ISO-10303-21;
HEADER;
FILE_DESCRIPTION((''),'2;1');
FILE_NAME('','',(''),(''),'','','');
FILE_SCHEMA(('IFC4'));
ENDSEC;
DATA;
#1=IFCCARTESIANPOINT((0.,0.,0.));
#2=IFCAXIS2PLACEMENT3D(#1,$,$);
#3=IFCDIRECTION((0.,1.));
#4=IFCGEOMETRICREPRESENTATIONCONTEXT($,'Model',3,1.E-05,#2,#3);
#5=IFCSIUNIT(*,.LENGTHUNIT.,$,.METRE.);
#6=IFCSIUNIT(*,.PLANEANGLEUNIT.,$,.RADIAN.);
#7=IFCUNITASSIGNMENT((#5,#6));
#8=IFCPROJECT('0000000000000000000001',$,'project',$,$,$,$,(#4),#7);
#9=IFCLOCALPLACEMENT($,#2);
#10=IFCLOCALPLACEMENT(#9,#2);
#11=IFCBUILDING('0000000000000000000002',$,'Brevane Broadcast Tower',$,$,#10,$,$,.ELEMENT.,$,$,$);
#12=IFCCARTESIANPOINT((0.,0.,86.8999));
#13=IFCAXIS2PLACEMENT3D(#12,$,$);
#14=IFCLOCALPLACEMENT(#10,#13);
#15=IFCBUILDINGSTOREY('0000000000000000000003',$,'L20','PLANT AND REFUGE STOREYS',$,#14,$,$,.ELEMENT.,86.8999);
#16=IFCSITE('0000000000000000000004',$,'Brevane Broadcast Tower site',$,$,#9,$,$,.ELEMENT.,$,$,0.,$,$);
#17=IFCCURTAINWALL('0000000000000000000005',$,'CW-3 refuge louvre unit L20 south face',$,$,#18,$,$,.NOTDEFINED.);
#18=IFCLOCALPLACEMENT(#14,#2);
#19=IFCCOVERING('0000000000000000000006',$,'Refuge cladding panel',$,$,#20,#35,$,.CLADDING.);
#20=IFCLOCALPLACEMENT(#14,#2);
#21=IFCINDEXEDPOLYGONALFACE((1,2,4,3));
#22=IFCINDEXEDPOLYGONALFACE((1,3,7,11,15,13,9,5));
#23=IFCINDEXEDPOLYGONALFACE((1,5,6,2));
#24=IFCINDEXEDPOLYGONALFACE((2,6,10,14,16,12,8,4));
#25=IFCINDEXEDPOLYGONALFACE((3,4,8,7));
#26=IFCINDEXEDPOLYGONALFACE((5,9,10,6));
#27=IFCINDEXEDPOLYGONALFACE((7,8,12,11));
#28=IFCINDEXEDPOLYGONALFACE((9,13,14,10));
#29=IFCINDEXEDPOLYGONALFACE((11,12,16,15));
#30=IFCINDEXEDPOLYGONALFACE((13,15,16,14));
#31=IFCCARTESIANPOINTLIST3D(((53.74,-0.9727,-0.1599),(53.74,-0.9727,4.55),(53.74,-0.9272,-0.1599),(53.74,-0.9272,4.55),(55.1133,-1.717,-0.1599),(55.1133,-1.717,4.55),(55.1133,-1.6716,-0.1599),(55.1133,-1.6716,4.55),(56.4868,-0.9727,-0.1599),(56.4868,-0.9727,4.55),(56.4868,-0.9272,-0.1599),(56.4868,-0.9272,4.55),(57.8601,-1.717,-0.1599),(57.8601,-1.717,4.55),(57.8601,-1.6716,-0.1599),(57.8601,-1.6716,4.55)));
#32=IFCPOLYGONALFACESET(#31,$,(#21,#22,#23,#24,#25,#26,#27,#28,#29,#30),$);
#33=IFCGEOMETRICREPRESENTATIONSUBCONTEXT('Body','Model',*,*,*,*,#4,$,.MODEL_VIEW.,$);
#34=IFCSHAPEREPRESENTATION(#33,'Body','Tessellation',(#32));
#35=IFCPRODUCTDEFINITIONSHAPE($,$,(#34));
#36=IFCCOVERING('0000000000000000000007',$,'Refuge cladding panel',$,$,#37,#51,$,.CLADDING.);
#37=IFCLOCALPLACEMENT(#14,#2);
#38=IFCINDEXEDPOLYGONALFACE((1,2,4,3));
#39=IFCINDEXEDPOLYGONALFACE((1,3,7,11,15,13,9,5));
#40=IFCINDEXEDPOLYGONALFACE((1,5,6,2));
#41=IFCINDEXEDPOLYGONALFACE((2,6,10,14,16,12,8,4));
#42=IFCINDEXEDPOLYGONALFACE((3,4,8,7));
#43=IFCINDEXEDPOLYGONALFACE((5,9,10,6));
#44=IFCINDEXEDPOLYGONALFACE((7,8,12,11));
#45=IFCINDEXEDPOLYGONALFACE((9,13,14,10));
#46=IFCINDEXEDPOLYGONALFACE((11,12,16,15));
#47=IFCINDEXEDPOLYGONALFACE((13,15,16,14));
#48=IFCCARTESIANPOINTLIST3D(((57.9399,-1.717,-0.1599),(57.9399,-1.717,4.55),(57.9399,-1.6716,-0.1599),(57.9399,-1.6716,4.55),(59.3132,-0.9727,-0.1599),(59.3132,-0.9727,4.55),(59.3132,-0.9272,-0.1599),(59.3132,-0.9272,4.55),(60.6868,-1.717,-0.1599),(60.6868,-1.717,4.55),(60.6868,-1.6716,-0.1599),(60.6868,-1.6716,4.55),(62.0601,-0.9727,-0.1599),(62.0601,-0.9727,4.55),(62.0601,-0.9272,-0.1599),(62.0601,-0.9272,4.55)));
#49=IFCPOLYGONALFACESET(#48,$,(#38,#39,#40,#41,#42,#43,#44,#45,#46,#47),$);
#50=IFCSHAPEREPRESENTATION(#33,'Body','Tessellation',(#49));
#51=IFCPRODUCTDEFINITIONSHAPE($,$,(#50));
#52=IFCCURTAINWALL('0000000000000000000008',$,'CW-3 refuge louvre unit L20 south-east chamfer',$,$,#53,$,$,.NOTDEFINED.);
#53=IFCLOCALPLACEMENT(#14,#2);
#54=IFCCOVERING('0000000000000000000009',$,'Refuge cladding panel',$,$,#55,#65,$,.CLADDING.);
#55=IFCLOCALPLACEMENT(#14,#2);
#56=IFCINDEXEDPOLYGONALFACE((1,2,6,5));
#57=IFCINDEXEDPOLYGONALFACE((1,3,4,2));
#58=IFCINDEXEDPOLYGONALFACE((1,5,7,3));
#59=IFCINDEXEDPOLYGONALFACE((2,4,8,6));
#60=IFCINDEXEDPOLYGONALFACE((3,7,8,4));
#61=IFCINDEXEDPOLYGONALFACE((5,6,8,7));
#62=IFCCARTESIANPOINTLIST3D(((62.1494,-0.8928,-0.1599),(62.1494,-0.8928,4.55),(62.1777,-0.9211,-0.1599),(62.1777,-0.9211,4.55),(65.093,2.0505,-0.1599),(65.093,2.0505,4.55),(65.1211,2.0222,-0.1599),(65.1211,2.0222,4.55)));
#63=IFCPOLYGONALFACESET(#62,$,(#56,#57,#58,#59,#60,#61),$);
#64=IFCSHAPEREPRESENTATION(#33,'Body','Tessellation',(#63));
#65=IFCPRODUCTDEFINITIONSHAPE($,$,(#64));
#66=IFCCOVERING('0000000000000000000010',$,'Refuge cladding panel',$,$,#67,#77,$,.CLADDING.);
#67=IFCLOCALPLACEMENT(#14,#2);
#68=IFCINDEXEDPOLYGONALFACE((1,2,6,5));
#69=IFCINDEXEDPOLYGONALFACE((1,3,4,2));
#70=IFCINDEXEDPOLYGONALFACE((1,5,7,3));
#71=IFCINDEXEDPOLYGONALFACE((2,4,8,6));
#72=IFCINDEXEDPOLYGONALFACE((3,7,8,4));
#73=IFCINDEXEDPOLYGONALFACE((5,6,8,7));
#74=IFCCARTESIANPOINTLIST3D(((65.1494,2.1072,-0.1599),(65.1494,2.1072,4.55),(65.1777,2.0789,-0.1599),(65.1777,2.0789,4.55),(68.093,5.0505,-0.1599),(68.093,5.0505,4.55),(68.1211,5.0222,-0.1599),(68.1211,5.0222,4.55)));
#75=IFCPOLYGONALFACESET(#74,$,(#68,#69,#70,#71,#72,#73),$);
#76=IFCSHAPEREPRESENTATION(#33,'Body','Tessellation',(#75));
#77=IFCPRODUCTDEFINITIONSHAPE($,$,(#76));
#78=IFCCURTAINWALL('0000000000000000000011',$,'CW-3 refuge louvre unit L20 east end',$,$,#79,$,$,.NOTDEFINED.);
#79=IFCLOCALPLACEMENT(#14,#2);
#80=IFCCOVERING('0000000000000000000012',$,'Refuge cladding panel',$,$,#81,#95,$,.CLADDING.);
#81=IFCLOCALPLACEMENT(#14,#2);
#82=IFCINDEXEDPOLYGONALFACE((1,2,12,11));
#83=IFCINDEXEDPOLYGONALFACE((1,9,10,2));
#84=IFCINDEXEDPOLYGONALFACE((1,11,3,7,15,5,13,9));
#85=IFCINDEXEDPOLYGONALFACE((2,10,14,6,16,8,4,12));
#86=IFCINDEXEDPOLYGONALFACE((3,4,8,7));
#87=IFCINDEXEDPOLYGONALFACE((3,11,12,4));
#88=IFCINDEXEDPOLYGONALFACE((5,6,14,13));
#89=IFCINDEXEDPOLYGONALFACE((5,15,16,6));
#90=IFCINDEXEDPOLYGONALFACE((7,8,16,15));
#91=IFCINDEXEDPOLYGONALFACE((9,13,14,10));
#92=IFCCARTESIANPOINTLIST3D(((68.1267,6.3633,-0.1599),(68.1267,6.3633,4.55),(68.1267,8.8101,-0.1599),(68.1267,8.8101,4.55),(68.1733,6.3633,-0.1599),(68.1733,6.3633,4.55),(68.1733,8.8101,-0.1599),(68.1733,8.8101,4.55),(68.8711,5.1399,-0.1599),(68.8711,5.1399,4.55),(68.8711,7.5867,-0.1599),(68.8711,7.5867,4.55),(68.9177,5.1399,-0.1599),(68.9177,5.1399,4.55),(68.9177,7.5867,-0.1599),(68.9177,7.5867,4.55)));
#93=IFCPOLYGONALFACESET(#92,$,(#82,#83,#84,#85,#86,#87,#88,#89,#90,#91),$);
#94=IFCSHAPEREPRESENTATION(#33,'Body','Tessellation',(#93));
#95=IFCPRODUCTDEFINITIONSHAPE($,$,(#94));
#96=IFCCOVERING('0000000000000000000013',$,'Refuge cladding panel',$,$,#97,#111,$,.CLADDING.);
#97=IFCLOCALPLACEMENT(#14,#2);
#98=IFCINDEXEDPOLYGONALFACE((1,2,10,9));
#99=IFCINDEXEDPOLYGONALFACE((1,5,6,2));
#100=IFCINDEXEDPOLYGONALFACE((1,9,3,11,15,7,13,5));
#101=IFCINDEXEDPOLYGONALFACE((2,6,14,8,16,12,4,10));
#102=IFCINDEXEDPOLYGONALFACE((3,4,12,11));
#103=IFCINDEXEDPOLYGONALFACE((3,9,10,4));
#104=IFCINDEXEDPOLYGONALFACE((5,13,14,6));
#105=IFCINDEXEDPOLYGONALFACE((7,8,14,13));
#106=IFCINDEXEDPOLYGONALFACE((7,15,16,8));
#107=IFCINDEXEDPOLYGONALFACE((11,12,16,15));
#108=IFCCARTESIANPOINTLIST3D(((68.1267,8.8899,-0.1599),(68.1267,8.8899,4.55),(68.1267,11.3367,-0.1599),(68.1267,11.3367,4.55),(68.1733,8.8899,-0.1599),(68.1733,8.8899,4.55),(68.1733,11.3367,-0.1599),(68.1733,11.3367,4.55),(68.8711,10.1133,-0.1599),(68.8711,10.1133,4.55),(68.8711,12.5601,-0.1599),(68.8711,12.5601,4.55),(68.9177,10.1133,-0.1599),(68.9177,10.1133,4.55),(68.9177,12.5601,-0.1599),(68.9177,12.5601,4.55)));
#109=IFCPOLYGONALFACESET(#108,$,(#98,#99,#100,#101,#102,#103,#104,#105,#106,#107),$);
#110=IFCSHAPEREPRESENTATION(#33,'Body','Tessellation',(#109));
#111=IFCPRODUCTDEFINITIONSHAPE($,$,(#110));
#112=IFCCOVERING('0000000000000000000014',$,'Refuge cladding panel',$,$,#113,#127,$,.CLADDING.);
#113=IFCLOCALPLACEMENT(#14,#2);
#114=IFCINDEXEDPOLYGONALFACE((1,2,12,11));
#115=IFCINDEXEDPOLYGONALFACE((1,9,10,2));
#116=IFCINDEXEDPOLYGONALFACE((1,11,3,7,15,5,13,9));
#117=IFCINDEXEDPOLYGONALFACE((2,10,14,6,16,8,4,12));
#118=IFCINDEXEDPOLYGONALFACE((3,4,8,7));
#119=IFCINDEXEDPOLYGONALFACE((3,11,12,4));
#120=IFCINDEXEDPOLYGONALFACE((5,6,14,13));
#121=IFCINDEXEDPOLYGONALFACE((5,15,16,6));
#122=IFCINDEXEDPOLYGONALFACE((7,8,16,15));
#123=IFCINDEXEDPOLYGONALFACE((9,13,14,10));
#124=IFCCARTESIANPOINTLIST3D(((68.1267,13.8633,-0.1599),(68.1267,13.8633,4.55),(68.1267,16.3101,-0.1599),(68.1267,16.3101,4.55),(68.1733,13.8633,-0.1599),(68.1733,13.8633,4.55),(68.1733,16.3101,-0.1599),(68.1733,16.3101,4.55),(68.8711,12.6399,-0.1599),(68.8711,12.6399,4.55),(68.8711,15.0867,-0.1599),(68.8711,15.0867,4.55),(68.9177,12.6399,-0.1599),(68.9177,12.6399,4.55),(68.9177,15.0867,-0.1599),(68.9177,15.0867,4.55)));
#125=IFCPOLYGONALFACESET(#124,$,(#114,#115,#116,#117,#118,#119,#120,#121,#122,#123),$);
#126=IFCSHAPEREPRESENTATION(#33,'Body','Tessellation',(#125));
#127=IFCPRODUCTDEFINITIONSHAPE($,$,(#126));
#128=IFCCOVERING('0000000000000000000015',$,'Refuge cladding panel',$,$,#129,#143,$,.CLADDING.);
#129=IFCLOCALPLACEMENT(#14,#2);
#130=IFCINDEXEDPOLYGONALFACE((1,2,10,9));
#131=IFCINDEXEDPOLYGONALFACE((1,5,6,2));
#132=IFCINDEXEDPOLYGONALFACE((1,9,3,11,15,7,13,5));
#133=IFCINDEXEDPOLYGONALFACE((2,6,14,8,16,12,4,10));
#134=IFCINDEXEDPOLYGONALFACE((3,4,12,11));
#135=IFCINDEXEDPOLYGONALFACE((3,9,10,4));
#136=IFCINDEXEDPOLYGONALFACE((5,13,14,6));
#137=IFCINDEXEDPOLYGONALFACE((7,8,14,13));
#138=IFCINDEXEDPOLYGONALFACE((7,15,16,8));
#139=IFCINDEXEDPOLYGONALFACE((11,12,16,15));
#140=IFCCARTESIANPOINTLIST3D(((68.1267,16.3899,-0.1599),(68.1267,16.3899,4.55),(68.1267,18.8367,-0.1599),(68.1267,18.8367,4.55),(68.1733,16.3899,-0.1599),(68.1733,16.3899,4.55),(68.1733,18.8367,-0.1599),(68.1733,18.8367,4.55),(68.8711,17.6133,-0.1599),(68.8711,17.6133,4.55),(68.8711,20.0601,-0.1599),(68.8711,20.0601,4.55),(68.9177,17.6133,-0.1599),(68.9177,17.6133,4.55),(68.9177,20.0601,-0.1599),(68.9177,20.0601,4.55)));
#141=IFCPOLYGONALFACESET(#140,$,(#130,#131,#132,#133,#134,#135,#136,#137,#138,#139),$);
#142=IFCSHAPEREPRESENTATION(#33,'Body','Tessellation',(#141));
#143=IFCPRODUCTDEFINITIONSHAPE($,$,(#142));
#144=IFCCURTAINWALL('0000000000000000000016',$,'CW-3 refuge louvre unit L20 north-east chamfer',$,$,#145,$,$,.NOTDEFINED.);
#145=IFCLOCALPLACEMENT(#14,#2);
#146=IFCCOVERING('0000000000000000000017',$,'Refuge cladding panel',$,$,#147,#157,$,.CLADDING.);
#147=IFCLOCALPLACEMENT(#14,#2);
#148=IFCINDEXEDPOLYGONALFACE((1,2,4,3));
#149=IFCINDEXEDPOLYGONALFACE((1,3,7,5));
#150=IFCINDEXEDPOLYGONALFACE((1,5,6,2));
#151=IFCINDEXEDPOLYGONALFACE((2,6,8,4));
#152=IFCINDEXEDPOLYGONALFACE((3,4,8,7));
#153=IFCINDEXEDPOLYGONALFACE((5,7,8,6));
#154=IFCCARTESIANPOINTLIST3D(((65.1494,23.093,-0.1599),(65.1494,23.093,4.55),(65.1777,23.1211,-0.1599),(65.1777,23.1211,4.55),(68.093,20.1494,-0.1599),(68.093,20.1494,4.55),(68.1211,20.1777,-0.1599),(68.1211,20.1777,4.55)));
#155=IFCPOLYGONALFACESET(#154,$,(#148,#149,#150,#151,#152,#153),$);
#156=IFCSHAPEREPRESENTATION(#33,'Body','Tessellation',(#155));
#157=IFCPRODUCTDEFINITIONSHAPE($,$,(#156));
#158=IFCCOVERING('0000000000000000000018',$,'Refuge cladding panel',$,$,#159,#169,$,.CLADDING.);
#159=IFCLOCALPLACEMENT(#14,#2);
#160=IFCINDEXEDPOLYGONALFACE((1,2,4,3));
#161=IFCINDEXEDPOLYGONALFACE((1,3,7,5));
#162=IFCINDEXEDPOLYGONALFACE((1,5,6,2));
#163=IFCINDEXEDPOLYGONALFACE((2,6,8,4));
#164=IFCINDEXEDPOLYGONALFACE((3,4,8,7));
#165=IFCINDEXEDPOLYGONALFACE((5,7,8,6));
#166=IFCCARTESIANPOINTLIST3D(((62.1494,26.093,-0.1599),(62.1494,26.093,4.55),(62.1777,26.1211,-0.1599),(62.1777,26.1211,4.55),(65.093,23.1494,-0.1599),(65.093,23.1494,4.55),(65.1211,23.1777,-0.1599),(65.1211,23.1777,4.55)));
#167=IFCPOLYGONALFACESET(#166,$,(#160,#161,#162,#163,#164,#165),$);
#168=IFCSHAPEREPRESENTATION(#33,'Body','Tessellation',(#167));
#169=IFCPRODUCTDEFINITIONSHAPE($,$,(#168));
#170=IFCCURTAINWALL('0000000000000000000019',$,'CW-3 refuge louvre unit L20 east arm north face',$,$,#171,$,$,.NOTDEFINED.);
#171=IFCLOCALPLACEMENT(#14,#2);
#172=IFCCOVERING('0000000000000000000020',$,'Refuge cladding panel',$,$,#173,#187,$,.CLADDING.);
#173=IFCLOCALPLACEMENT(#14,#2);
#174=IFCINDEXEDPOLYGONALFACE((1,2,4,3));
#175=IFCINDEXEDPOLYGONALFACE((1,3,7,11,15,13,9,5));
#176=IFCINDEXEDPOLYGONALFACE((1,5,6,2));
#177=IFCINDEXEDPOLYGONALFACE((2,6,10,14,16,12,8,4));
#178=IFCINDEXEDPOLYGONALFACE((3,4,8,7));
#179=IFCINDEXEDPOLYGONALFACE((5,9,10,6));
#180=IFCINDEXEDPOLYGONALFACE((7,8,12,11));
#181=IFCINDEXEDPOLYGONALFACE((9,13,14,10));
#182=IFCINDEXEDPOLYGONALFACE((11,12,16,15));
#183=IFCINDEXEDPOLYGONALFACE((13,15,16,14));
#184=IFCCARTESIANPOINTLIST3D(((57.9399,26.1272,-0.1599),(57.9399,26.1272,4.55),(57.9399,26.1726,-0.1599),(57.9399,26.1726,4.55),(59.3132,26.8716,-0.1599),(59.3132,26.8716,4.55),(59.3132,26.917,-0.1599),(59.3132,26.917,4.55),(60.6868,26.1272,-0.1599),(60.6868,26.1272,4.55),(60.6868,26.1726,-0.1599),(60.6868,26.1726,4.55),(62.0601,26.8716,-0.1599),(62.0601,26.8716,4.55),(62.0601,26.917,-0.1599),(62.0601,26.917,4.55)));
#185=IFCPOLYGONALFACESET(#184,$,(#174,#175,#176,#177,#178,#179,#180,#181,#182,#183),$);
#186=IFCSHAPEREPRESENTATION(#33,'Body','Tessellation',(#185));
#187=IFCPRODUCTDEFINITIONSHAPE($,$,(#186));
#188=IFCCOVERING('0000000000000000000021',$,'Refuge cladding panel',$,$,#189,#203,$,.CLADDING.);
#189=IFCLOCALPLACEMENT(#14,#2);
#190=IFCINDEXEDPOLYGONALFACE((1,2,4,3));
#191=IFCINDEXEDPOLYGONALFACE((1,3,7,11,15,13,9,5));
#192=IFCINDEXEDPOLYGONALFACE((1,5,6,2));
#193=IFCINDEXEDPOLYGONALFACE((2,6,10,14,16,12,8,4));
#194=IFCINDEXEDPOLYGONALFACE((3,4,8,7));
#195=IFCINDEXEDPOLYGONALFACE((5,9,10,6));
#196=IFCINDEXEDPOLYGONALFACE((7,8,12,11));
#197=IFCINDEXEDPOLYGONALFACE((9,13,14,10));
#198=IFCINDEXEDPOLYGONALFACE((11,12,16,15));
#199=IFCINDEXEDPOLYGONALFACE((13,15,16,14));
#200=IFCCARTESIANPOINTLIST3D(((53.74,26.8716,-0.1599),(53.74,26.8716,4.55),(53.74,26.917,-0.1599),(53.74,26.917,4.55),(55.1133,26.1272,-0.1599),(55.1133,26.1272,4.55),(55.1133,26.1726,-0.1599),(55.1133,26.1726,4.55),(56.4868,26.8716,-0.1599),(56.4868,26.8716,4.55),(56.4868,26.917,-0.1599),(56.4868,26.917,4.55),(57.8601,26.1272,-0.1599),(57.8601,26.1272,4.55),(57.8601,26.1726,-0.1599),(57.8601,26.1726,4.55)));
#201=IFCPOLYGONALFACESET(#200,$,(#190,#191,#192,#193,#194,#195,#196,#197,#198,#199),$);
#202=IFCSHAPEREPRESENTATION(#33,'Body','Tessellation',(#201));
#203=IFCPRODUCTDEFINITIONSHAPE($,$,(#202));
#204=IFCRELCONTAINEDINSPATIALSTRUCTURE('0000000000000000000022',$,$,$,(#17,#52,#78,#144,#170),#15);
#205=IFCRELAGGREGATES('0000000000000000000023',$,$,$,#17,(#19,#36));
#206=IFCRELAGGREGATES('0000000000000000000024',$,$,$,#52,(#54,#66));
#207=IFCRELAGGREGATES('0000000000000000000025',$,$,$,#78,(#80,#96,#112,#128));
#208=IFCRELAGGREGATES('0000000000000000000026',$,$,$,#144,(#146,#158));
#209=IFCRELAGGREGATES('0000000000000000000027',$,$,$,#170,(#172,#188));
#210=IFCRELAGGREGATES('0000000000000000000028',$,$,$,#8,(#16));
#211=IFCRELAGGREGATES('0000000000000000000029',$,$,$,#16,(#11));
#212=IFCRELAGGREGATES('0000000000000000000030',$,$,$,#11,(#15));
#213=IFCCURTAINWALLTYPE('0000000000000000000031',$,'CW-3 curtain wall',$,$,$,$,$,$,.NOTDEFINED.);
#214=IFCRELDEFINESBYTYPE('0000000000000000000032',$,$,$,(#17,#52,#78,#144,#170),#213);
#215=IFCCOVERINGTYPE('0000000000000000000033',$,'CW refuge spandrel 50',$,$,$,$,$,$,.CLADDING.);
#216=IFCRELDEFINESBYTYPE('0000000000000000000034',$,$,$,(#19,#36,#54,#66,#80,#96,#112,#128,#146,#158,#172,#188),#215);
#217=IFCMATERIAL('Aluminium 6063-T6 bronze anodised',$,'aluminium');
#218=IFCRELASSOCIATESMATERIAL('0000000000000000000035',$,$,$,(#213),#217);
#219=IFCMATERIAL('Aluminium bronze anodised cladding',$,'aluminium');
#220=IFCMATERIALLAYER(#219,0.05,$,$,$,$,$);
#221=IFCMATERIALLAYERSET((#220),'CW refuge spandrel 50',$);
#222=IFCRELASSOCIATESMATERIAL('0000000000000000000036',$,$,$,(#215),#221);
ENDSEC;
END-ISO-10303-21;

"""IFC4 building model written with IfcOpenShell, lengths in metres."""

from ifc_helpers import new_model, si_unit, direction, frame, origin, place, context, subcontext, project, spatial, polyline, outline, extrude, material, layer, layer_set, type_object, element, aggregate, save


model = new_model("IFC4")

# Units and contexts
model_context = context("Model", 3, precision=1e-05, world=origin(), true_north=direction((0.0, 1.0)))
body_context = subcontext(model_context, "Body", "Model", "MODEL_VIEW")
ifc_project = project(units=[si_unit("LENGTHUNIT", "METRE"), si_unit("PLANEANGLEUNIT", "RADIAN")], contexts=[model_context])

# Site, building, storey
site_placement = place(None, origin())
site = spatial("IfcSite", under=ifc_project, at=site_placement, Name="Brevane Broadcast Tower site", CompositionType="ELEMENT", RefElevation=0.0)
building_placement = place(site_placement, origin())
building = spatial("IfcBuilding", under=site, at=building_placement, Name="Brevane Broadcast Tower", CompositionType="ELEMENT")
storey_placement = place(building_placement, frame((0.0, 0.0, 86.8999)))
storey = spatial("IfcBuildingStorey", under=building, at=storey_placement, Name="L20", Description="PLANT AND REFUGE STOREYS", CompositionType="ELEMENT", Elevation=86.8999)

# Curtain walls, coverings
ifc_material_1 = material(Name="Aluminium 6063-T6 bronze anodised", Category="aluminium")
curtain_wall_type = type_object("IfcCurtainWallType", Name="CW-3 curtain wall", PredefinedType="NOTDEFINED", material=ifc_material_1)
curtain_wall_1_placement = place(storey_placement, origin())
curtain_wall_1 = element("IfcCurtainWall", 1, at=curtain_wall_1_placement, inside=storey, type_object=curtain_wall_type, Name="CW-3 refuge louvre unit L20 south face", PredefinedType="NOTDEFINED")
ifc_material_2 = material(Name="Aluminium bronze anodised cladding", Category="aluminium")
ifc_layer = layer(ifc_material_2, 0.05)
ifc_layer_set = layer_set([ifc_layer], Name="CW refuge spandrel 50")
covering_type = type_object("IfcCoveringType", Name="CW refuge spandrel 50", PredefinedType="CLADDING", material=ifc_layer_set)
covering_1_placement = place(storey_placement, frame((0.0, 0.0, -0.1599)))
covering_1 = element("IfcCovering", 2, at=covering_1_placement, type_object=covering_type, Name="Refuge cladding panel", PredefinedType="CLADDING", context=body_context, shape_type="SweptSolid", body=[
    extrude(outline(polyline([(53.74, -0.9272), (53.74, -0.9727), (55.1133, -1.717), (56.4868, -0.9727), (57.8601, -1.717), (57.8601, -1.6716), (56.4868, -0.9272), (55.1133, -1.6716), (53.74, -0.9272)])), origin(), (0.0, 0.0, 1.0), 4.71),
])
covering_2_placement = place(storey_placement, frame((0.0, 0.0, -0.1599)))
covering_2 = element("IfcCovering", 3, at=covering_2_placement, type_object=covering_type, Name="Refuge cladding panel", PredefinedType="CLADDING", context=body_context, shape_type="SweptSolid", body=[
    extrude(outline(polyline([(57.9399, -1.6716), (57.9399, -1.717), (59.3132, -0.9727), (60.6868, -1.717), (62.0601, -0.9727), (62.0601, -0.9272), (60.6868, -1.6716), (59.3132, -0.9272), (57.9399, -1.6716)])), origin(), (0.0, 0.0, 1.0), 4.71),
])
aggregate(curtain_wall_1, [covering_1, covering_2])
curtain_wall_2_placement = place(storey_placement, origin())
curtain_wall_2 = element("IfcCurtainWall", 4, at=curtain_wall_2_placement, inside=storey, type_object=curtain_wall_type, Name="CW-3 refuge louvre unit L20 south-east chamfer", PredefinedType="NOTDEFINED")
covering_3_placement = place(storey_placement, frame((0.0, 0.0, -0.1599)))
covering_3 = element("IfcCovering", 5, at=covering_3_placement, type_object=covering_type, Name="Refuge cladding panel", PredefinedType="CLADDING", context=body_context, shape_type="SweptSolid", body=[
    extrude(outline(polyline([(62.1494, -0.8928), (65.093, 2.0505), (65.1211, 2.0222), (62.1777, -0.9211), (62.1494, -0.8928)])), origin(), (0.0, 0.0, 1.0), 4.71),
])
covering_4_placement = place(storey_placement, frame((0.0, 0.0, -0.1599)))
covering_4 = element("IfcCovering", 6, at=covering_4_placement, type_object=covering_type, Name="Refuge cladding panel", PredefinedType="CLADDING", context=body_context, shape_type="SweptSolid", body=[
    extrude(outline(polyline([(65.1494, 2.1072), (68.093, 5.0505), (68.1211, 5.0222), (65.1777, 2.0789), (65.1494, 2.1072)])), origin(), (0.0, 0.0, 1.0), 4.71),
])
aggregate(curtain_wall_2, [covering_3, covering_4])
curtain_wall_3_placement = place(storey_placement, origin())
curtain_wall_3 = element("IfcCurtainWall", 7, at=curtain_wall_3_placement, inside=storey, type_object=curtain_wall_type, Name="CW-3 refuge louvre unit L20 east end", PredefinedType="NOTDEFINED")
covering_5_placement = place(storey_placement, frame((0.0, 0.0, -0.1599)))
covering_5 = element("IfcCovering", 8, at=covering_5_placement, type_object=covering_type, Name="Refuge cladding panel", PredefinedType="CLADDING", context=body_context, shape_type="SweptSolid", body=[
    extrude(outline(polyline([(68.8711, 5.1399), (68.9177, 5.1399), (68.1733, 6.3633), (68.9177, 7.5867), (68.1733, 8.8101), (68.1267, 8.8101), (68.8711, 7.5867), (68.1267, 6.3633), (68.8711, 5.1399)])), origin(), (0.0, 0.0, 1.0), 4.71),
])
covering_6_placement = place(storey_placement, frame((0.0, 0.0, -0.1599)))
covering_6 = element("IfcCovering", 9, at=covering_6_placement, type_object=covering_type, Name="Refuge cladding panel", PredefinedType="CLADDING", context=body_context, shape_type="SweptSolid", body=[
    extrude(outline(polyline([(68.1267, 8.8899), (68.1733, 8.8899), (68.9177, 10.1133), (68.1733, 11.3367), (68.9177, 12.5601), (68.8711, 12.5601), (68.1267, 11.3367), (68.8711, 10.1133), (68.1267, 8.8899)])), origin(), (0.0, 0.0, 1.0), 4.71),
])
covering_7_placement = place(storey_placement, frame((0.0, 0.0, -0.1599)))
covering_7 = element("IfcCovering", 10, at=covering_7_placement, type_object=covering_type, Name="Refuge cladding panel", PredefinedType="CLADDING", context=body_context, shape_type="SweptSolid", body=[
    extrude(outline(polyline([(68.8711, 12.6399), (68.9177, 12.6399), (68.1733, 13.8633), (68.9177, 15.0867), (68.1733, 16.3101), (68.1267, 16.3101), (68.8711, 15.0867), (68.1267, 13.8633), (68.8711, 12.6399)])), origin(), (0.0, 0.0, 1.0), 4.71),
])
covering_8_placement = place(storey_placement, frame((0.0, 0.0, -0.1599)))
covering_8 = element("IfcCovering", 11, at=covering_8_placement, type_object=covering_type, Name="Refuge cladding panel", PredefinedType="CLADDING", context=body_context, shape_type="SweptSolid", body=[
    extrude(outline(polyline([(68.1267, 16.3899), (68.1733, 16.3899), (68.9177, 17.6133), (68.1733, 18.8367), (68.9177, 20.0601), (68.8711, 20.0601), (68.1267, 18.8367), (68.8711, 17.6133), (68.1267, 16.3899)])), origin(), (0.0, 0.0, 1.0), 4.71),
])
aggregate(curtain_wall_3, [covering_5, covering_6, covering_7, covering_8])
curtain_wall_4_placement = place(storey_placement, origin())
curtain_wall_4 = element("IfcCurtainWall", 12, at=curtain_wall_4_placement, inside=storey, type_object=curtain_wall_type, Name="CW-3 refuge louvre unit L20 north-east chamfer", PredefinedType="NOTDEFINED")
covering_9_placement = place(storey_placement, frame((0.0, 0.0, -0.1599)))
covering_9 = element("IfcCovering", 13, at=covering_9_placement, type_object=covering_type, Name="Refuge cladding panel", PredefinedType="CLADDING", context=body_context, shape_type="SweptSolid", body=[
    extrude(outline(polyline([(68.093, 20.1494), (65.1494, 23.093), (65.1777, 23.1211), (68.1211, 20.1777), (68.093, 20.1494)])), origin(), (0.0, 0.0, 1.0), 4.71),
])
covering_10_placement = place(storey_placement, frame((0.0, 0.0, -0.1599)))
covering_10 = element("IfcCovering", 14, at=covering_10_placement, type_object=covering_type, Name="Refuge cladding panel", PredefinedType="CLADDING", context=body_context, shape_type="SweptSolid", body=[
    extrude(outline(polyline([(65.093, 23.1494), (62.1494, 26.093), (62.1777, 26.1211), (65.1211, 23.1777), (65.093, 23.1494)])), origin(), (0.0, 0.0, 1.0), 4.71),
])
aggregate(curtain_wall_4, [covering_9, covering_10])
curtain_wall_5_placement = place(storey_placement, origin())
curtain_wall_5 = element("IfcCurtainWall", 15, at=curtain_wall_5_placement, inside=storey, type_object=curtain_wall_type, Name="CW-3 refuge louvre unit L20 east arm north face", PredefinedType="NOTDEFINED")
covering_11_placement = place(storey_placement, frame((0.0, 0.0, -0.1599)))
covering_11 = element("IfcCovering", 16, at=covering_11_placement, type_object=covering_type, Name="Refuge cladding panel", PredefinedType="CLADDING", context=body_context, shape_type="SweptSolid", body=[
    extrude(outline(polyline([(62.0601, 26.8716), (62.0601, 26.917), (60.6868, 26.1726), (59.3132, 26.917), (57.9399, 26.1726), (57.9399, 26.1272), (59.3132, 26.8716), (60.6868, 26.1272), (62.0601, 26.8716)])), origin(), (0.0, 0.0, 1.0), 4.71),
])
covering_12_placement = place(storey_placement, frame((0.0, 0.0, -0.1599)))
covering_12 = element("IfcCovering", 17, at=covering_12_placement, type_object=covering_type, Name="Refuge cladding panel", PredefinedType="CLADDING", context=body_context, shape_type="SweptSolid", body=[
    extrude(outline(polyline([(57.8601, 26.1272), (57.8601, 26.1726), (56.4868, 26.917), (55.1133, 26.1726), (53.74, 26.917), (53.74, 26.8716), (55.1133, 26.1272), (56.4868, 26.8716), (57.8601, 26.1272)])), origin(), (0.0, 0.0, 1.0), 4.71),
])
aggregate(curtain_wall_5, [covering_11, covering_12])

save(model, "model.ifc")
